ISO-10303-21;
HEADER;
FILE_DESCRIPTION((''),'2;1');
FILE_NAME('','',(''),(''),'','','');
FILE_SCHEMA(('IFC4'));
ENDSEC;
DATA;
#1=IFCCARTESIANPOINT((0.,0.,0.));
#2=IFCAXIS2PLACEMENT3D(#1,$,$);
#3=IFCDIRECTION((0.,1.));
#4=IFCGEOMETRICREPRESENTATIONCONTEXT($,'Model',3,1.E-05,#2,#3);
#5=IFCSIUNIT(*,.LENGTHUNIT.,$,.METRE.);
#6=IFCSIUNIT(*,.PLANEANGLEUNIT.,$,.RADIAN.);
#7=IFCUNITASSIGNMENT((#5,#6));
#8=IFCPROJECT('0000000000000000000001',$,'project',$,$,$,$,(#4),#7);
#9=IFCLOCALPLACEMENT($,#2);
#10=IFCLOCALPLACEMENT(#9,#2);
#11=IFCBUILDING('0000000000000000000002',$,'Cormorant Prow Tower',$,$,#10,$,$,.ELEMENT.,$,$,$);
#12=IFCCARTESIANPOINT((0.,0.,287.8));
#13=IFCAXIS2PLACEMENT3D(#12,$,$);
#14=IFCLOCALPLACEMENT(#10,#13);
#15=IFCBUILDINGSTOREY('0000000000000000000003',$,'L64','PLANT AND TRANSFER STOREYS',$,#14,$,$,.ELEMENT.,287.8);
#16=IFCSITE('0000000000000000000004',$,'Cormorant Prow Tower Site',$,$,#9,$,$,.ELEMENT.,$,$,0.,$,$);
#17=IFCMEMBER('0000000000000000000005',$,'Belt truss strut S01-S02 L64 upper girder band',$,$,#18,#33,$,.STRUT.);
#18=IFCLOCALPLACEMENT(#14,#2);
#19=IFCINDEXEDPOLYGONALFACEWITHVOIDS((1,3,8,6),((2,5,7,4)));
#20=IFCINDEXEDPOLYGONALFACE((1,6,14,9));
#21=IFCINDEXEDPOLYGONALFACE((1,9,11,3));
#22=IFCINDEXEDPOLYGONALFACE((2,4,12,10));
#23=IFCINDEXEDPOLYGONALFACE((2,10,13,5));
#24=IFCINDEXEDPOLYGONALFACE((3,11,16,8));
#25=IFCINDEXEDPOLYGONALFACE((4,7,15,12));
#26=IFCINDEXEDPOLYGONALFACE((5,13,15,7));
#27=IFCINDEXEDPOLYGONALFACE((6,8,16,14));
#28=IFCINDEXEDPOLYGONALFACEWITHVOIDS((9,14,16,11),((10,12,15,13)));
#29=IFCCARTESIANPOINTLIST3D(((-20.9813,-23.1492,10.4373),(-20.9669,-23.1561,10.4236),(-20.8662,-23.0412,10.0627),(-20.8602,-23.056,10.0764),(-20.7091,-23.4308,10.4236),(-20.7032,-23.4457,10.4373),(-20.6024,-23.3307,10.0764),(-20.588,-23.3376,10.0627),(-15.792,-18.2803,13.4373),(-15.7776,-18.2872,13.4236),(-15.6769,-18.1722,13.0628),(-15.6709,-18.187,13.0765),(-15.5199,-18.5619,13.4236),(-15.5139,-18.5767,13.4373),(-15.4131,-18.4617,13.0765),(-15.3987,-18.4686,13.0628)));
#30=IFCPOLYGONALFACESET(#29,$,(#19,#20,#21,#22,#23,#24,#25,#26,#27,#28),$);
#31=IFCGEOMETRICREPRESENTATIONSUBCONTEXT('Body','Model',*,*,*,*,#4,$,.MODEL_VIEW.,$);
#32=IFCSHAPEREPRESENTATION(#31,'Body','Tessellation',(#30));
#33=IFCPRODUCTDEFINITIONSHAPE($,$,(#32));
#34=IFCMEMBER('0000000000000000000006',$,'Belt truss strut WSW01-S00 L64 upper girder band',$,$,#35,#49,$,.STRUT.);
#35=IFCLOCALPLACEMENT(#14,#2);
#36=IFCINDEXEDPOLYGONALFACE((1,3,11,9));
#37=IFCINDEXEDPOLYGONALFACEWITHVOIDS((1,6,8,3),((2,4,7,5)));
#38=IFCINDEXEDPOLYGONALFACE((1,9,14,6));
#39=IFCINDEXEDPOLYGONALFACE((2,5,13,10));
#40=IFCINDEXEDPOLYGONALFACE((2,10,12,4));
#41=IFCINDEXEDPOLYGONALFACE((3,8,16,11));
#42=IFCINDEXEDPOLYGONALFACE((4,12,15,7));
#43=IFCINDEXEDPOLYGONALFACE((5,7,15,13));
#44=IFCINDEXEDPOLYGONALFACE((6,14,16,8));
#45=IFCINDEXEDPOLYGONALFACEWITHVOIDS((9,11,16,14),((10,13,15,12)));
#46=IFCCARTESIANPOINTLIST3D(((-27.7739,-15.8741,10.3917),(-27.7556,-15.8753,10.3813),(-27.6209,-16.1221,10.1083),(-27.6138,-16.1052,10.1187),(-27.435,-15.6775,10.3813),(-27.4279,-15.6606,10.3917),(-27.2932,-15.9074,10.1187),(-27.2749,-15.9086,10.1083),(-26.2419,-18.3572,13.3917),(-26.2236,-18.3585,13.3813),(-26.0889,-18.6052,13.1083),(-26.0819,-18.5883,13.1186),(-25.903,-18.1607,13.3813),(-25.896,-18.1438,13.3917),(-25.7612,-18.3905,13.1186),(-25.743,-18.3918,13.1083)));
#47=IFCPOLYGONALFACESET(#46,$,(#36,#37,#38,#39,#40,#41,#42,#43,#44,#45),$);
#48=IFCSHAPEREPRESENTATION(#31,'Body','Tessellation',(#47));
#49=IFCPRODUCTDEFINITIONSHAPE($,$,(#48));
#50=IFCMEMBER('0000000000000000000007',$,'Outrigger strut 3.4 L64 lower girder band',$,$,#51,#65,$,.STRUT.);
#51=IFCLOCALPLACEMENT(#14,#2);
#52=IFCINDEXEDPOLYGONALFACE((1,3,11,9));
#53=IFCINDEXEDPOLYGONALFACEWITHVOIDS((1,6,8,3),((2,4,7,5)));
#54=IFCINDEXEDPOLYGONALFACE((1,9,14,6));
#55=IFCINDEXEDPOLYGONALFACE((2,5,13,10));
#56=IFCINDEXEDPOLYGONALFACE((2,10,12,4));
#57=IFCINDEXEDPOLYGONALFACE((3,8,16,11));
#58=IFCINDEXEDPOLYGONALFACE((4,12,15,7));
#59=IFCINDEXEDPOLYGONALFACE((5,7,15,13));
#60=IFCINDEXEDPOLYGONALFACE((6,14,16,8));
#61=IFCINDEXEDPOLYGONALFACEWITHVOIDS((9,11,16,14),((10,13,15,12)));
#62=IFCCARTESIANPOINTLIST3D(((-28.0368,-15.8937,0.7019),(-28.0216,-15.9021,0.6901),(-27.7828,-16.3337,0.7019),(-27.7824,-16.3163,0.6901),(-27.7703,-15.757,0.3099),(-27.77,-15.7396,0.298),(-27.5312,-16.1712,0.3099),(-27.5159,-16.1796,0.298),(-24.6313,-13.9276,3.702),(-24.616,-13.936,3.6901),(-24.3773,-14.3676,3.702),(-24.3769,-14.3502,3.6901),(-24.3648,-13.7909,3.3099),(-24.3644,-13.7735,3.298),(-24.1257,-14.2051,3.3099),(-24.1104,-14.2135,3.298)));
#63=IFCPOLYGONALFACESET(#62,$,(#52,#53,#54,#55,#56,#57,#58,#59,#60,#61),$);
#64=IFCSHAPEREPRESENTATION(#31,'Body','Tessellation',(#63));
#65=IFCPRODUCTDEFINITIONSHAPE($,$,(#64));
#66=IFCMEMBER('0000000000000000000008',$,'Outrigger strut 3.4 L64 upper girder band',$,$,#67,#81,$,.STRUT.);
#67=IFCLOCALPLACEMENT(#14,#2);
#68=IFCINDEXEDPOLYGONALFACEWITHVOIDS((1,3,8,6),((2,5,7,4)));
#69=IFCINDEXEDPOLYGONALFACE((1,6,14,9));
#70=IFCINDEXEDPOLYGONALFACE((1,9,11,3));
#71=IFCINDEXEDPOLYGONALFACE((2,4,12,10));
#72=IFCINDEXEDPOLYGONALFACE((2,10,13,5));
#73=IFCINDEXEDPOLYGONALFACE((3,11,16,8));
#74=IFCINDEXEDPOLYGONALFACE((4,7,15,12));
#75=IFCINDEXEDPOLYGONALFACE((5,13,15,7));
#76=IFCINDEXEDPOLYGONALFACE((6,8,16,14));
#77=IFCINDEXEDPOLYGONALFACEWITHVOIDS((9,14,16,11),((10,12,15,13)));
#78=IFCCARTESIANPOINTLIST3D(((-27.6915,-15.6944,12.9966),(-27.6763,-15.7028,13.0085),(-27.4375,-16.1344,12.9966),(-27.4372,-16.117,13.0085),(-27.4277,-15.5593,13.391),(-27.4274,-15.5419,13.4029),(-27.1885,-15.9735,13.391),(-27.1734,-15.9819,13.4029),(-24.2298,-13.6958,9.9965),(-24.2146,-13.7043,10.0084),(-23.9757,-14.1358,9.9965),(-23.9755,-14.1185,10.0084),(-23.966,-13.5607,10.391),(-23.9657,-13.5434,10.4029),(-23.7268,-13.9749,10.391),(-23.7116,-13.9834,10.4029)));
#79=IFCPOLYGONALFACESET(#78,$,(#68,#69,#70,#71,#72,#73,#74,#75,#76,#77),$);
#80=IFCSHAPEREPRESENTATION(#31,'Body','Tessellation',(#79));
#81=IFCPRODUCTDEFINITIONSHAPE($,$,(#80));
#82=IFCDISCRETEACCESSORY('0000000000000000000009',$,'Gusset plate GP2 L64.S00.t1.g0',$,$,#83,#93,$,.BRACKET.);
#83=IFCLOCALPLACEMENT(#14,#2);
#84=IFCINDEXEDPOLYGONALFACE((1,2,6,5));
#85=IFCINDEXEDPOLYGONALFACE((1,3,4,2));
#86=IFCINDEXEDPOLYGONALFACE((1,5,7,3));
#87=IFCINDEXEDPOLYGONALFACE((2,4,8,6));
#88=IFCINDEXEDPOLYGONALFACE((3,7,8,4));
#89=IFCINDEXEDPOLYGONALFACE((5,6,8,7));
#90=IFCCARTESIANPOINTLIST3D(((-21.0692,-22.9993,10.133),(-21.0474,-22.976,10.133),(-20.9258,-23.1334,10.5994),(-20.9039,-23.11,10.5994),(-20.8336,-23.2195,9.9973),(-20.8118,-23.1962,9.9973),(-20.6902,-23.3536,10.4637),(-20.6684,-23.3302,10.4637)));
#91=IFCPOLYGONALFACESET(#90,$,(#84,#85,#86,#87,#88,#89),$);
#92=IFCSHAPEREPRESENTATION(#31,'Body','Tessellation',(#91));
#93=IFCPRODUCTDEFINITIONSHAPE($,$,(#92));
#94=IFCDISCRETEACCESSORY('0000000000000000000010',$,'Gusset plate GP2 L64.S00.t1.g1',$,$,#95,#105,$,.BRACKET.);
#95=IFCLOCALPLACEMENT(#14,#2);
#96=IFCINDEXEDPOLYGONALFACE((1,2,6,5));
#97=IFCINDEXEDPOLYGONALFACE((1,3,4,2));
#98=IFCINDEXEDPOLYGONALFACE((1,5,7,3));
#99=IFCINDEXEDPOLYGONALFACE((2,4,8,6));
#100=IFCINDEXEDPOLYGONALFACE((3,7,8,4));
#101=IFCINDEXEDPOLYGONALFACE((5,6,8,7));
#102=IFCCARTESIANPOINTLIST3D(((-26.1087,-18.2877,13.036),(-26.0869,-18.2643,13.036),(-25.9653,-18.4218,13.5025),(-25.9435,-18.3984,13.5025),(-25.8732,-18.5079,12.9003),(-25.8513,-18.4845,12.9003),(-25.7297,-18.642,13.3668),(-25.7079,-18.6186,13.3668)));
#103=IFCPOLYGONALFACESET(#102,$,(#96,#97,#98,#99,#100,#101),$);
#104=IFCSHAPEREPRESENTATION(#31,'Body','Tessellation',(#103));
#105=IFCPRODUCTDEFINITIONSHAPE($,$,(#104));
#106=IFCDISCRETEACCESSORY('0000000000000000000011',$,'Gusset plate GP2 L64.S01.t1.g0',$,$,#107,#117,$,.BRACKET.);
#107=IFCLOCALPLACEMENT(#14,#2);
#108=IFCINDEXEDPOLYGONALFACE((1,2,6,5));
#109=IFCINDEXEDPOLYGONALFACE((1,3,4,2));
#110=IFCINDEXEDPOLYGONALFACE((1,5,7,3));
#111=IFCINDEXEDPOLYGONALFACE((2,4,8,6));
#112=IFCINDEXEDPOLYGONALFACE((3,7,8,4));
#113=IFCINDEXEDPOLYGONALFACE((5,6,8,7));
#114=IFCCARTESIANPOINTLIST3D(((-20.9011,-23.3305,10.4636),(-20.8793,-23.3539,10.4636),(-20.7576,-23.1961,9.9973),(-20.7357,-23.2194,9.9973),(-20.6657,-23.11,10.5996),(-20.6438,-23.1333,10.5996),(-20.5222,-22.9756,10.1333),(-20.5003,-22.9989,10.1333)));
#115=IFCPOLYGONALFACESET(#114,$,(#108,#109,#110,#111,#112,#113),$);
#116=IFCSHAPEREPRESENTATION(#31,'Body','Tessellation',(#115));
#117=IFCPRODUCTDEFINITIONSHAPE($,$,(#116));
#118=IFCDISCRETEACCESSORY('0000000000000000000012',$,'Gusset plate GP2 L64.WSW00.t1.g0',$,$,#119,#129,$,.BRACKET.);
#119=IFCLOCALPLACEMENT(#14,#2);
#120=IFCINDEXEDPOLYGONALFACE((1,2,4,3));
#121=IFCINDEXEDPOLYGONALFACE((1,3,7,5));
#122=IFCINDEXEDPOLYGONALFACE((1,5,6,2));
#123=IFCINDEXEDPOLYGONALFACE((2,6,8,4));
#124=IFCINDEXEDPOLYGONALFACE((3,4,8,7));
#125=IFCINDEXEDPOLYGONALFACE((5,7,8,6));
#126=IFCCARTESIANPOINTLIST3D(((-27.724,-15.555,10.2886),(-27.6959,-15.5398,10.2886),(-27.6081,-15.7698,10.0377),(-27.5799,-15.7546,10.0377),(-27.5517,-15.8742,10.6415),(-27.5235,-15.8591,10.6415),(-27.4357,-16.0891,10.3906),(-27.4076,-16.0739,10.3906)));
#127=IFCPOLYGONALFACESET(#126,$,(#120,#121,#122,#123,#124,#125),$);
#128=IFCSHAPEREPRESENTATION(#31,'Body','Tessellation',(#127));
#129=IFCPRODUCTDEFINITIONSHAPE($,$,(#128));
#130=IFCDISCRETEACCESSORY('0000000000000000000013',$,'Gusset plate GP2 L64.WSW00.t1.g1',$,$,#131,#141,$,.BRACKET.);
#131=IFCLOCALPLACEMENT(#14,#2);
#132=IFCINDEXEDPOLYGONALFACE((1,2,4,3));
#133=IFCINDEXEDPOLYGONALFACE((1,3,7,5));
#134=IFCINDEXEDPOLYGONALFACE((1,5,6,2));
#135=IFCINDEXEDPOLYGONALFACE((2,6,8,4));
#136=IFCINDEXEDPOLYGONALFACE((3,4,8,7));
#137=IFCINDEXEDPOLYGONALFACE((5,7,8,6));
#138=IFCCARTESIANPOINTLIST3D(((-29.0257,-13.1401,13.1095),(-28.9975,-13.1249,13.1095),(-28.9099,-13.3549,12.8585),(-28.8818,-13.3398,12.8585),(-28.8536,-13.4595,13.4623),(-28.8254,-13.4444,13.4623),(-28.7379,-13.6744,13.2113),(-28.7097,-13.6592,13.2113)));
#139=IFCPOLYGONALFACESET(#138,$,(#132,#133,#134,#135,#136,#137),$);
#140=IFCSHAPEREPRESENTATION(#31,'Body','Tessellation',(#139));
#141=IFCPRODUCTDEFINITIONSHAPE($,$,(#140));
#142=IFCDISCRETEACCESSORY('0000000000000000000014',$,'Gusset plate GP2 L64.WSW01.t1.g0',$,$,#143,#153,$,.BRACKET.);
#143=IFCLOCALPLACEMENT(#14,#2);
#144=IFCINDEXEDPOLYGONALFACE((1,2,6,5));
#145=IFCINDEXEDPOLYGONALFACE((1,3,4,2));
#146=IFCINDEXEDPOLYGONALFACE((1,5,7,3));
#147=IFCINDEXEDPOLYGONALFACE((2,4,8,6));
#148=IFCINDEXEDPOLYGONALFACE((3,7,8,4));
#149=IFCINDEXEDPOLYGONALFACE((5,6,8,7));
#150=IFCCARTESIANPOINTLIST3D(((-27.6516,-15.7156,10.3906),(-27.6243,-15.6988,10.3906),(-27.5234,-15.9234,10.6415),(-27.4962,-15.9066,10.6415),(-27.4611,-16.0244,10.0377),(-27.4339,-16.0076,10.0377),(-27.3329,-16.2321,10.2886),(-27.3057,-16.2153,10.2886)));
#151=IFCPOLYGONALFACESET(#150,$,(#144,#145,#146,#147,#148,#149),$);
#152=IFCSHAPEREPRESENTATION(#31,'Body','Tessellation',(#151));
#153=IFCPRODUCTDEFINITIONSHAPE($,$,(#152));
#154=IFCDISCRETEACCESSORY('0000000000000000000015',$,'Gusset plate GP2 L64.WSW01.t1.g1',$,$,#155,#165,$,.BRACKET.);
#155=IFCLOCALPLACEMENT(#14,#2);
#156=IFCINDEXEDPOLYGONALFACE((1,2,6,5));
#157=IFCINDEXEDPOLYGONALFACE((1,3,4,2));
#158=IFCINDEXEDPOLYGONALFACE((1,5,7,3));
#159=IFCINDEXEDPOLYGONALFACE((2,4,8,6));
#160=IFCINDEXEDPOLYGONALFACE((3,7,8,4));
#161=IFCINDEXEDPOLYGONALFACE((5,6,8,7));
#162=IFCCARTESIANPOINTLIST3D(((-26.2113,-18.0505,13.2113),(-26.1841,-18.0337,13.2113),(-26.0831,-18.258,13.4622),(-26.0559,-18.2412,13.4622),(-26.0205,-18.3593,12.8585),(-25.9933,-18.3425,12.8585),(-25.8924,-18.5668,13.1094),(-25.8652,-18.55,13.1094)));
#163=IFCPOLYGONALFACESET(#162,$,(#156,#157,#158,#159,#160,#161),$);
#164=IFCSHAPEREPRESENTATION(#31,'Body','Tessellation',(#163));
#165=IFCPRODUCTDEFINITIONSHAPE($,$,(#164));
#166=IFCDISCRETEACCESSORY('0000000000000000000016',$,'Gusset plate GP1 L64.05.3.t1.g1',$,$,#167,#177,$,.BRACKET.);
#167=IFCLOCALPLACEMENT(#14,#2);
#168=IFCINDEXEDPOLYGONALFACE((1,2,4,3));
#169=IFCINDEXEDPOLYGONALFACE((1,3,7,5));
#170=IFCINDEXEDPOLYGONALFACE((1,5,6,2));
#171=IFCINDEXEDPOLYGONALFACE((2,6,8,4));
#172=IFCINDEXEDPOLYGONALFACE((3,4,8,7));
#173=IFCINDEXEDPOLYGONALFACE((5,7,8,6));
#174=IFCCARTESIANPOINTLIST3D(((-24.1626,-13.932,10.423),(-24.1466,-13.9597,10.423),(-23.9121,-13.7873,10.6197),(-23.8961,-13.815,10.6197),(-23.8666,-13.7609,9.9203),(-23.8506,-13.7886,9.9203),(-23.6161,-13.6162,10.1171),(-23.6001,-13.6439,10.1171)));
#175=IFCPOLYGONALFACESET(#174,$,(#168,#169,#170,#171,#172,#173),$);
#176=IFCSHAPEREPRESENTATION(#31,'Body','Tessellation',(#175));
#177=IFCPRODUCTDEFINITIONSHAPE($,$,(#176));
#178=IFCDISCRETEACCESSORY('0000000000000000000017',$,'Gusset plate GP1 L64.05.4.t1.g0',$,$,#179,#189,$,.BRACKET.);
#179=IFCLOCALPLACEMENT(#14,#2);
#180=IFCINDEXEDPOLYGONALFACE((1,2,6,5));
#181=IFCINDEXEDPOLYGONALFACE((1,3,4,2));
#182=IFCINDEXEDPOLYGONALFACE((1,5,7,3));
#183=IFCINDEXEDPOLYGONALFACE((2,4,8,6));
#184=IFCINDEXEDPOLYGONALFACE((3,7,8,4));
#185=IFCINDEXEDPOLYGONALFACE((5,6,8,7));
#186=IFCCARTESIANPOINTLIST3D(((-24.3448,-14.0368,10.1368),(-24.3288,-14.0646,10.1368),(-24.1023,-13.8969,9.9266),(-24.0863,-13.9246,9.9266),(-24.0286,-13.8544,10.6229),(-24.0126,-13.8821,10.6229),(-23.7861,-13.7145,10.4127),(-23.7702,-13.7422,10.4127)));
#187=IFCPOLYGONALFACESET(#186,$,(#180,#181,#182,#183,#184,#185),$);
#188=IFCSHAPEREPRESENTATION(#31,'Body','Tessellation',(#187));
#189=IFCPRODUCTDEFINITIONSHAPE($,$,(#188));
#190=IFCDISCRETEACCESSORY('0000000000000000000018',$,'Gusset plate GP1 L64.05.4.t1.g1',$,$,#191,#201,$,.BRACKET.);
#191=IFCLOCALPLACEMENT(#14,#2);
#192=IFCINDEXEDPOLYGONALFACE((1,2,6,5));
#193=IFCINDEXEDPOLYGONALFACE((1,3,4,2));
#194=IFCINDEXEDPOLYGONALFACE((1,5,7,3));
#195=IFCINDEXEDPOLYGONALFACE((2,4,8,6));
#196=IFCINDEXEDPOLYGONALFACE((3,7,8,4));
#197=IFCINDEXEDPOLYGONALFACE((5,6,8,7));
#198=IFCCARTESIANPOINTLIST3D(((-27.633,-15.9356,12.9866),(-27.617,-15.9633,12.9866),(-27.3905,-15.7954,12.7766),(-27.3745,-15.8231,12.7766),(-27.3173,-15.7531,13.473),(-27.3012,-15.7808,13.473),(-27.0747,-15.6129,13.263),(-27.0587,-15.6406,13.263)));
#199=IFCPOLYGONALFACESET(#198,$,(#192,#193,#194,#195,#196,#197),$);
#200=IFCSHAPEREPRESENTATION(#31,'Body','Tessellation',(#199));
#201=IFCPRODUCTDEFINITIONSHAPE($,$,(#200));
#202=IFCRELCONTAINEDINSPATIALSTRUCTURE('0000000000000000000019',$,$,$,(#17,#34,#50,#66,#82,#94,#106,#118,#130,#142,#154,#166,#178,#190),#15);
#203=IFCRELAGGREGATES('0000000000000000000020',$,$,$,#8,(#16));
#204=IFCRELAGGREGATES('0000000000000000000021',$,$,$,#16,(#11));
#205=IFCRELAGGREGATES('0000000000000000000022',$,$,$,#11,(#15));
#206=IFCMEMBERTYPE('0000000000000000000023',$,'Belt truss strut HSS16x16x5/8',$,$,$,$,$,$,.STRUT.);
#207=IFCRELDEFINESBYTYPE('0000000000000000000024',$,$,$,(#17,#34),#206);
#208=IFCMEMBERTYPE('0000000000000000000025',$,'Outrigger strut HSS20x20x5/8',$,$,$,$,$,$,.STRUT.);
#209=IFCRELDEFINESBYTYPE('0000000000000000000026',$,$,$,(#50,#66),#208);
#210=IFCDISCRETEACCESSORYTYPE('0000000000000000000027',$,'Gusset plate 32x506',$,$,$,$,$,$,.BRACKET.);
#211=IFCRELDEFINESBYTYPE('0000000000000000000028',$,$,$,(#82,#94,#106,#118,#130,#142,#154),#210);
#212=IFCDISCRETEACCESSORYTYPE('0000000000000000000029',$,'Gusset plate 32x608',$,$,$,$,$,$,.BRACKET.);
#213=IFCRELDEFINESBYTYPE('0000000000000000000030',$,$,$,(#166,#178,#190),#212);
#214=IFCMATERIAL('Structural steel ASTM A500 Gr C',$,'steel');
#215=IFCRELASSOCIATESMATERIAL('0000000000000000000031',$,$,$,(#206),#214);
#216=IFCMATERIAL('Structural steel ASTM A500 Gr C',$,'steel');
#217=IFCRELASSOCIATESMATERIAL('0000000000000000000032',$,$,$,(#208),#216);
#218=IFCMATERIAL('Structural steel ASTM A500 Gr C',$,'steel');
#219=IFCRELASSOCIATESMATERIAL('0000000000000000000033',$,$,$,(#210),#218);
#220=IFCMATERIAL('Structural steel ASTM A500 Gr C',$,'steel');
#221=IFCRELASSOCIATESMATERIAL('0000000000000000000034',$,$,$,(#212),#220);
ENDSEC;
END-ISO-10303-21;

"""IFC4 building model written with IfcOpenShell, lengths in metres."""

from ifc_helpers import new_model, si_unit, direction, frame, origin, origin_2d, place, context, subcontext, project, spatial, rectangle, hollow_rectangle, extrude, material, material_profile, profile_set, type_object, element, save


model = new_model("IFC4")

# Units and contexts
model_context = context("Model", 3, precision=1e-05, world=origin(), true_north=direction((0.0, 1.0)))
body_context = subcontext(model_context, "Body", "Model", "MODEL_VIEW")
ifc_project = project(units=[si_unit("LENGTHUNIT", "METRE"), si_unit("PLANEANGLEUNIT", "RADIAN")], contexts=[model_context])

# Site, building, storey
site_placement = place(None, origin())
site = spatial("IfcSite", under=ifc_project, at=site_placement, Name="Cormorant Prow Tower Site", CompositionType="ELEMENT", RefElevation=0.0)
building_placement = place(site_placement, origin())
building = spatial("IfcBuilding", under=site, at=building_placement, Name="Cormorant Prow Tower", CompositionType="ELEMENT")
storey_placement = place(building_placement, frame((0.0, 0.0, 287.8)))
storey = spatial("IfcBuildingStorey", under=building, at=storey_placement, Name="L64", Description="PLANT AND TRANSFER STOREYS", CompositionType="ELEMENT", Elevation=287.8)

# Members
ifc_material_1 = material(Name="Structural steel ASTM A500 Gr C", Category="steel")
ifc_material_profile_1 = material_profile(ifc_material_1, hollow_rectangle(XDim=0.4065, YDim=0.4065, WallThickness=0.0149, at=origin_2d()), Name="HSS16x16x5/8")
ifc_profile_set_1 = profile_set([ifc_material_profile_1], Name="Structural steel ASTM A500 Gr C")
member_type_1 = type_object("IfcMemberType", Name="Belt truss strut HSS16x16x5/8", PredefinedType="STRUT", material=ifc_profile_set_1)
member_1_placement = place(storey_placement, frame((-20.7847, -23.2434, 10.25), z_axis=(0.671976, 0.630498, 0.388485), x_axis=(-0.684241, 0.729256, 0.0)))
element("IfcMember", 1, at=member_1_placement, inside=storey, type_object=member_type_1, Name="Belt truss strut S01-S02 L64 upper girder band", PredefinedType="STRUT", context=body_context, shape_type="SweptSolid", body=[
    extrude(hollow_rectangle(XDim=0.4065, YDim=0.4065, WallThickness=0.0149, at=origin_2d()), origin(), (0.0, 0.0, 1.0), 7.7224),
])
member_2_placement = place(storey_placement, frame((-27.5244, -15.8914, 10.25), z_axis=(0.366078, -0.593367, 0.71687), x_axis=(0.851063, 0.525063, 0.0)))
element("IfcMember", 2, at=member_2_placement, inside=storey, type_object=member_type_1, Name="Belt truss strut WSW01-S00 L64 upper girder band", PredefinedType="STRUT", context=body_context, shape_type="SweptSolid", body=[
    extrude(hollow_rectangle(XDim=0.4065, YDim=0.4065, WallThickness=0.0149, at=origin_2d()), origin(), (0.0, 0.0, 1.0), 4.1848),
])
ifc_material_2 = material(Name="Structural steel ASTM A500 Gr C", Category="steel")
ifc_material_profile_2 = material_profile(ifc_material_2, hollow_rectangle(XDim=0.5081, YDim=0.5081, WallThickness=0.0149, at=origin_2d()), Name="HSS20x20x5/8")
ifc_profile_set_2 = profile_set([ifc_material_profile_2], Name="Structural steel ASTM A500 Gr C")
member_type_2 = type_object("IfcMemberType", Name="Outrigger strut HSS20x20x5/8", PredefinedType="STRUT", material=ifc_profile_set_2)
member_3_placement = place(storey_placement, frame((-24.3708, -14.0706, 3.5), z_axis=(-0.688539, -0.397506, -0.60655), x_axis=(0.499979, -0.866038, 0.0)))
element("IfcMember", 3, at=member_3_placement, inside=storey, type_object=member_type_2, Name="Outrigger strut 3.4 L64 lower girder band", PredefinedType="STRUT", context=body_context, shape_type="SweptSolid", body=[
    extrude(hollow_rectangle(XDim=0.5081, YDim=0.5081, WallThickness=0.0149, at=origin_2d()), origin(), (0.0, 0.0, 1.0), 4.946),
])
member_4_placement = place(storey_placement, frame((-23.9707, -13.8396, 10.1997), z_axis=(-0.692648, -0.399889, 0.600273), x_axis=(0.499989, -0.866032, 0.0)))
element("IfcMember", 4, at=member_4_placement, inside=storey, type_object=member_type_2, Name="Outrigger strut 3.4 L64 upper girder band", PredefinedType="STRUT", context=body_context, shape_type="SweptSolid", body=[
    extrude(hollow_rectangle(XDim=0.5081, YDim=0.5081, WallThickness=0.0149, at=origin_2d()), origin(), (0.0, 0.0, 1.0), 4.9978),
])

# Discrete accessories
ifc_material_3 = material(Name="Structural steel ASTM A500 Gr C", Category="steel")
ifc_material_profile_3 = material_profile(ifc_material_3, rectangle(XDim=0.032, YDim=0.5061, at=origin_2d()), Name="Gusset plate 32x506")
ifc_profile_set_3 = profile_set([ifc_material_profile_3], Name="Structural steel ASTM A500 Gr C")
discrete_accessory_type_1 = type_object("IfcDiscreteAccessoryType", Name="Gusset plate 32x506", PredefinedType="BRACKET", material=ifc_profile_set_3)
for number, where, z_axis, x_axis, name in (
    (5, (-20.9866, -23.0547, 10.3662), (0.673334, -0.629376, -0.387952), (0.682858, 0.730552, 0.0), "Gusset plate GP2 L64.S00.t1.g0"),
    (6, (-25.7905, -18.5632, 13.1335), (-0.673334, 0.629376, 0.387952), (-0.682858, -0.730552, 0.0), "Gusset plate GP2 L64.S00.t1.g1"),
):
    element("IfcDiscreteAccessory", number, at=place(storey_placement, frame(where, z_axis=z_axis, x_axis=x_axis)), inside=storey, type_object=discrete_accessory_type_1, Name=name, PredefinedType="BRACKET", context=body_context, shape_type="SweptSolid", body=[
        extrude(rectangle(XDim=0.032, YDim=0.5061, at=origin_2d()), origin(), (0.0, 0.0, 1.0), 0.3499),
    ])
for number, where, z_axis, x_axis, name in (
    (7, (-20.583, -23.0544, 10.3665), (-0.672475, -0.629922, -0.388556), (0.683639, -0.72982, 0.0), "Gusset plate GP2 L64.S01.t1.g0"),
    (8, (-27.6238, -15.707, 10.4651), (0.331205, -0.6136, -0.716797), (0.879989, 0.474994, 0.0), "Gusset plate GP2 L64.WSW00.t1.g0"),
    (9, (-28.8098, -13.5071, 13.0349), (-0.330584, 0.613742, 0.716962), (-0.880407, -0.474219, 0.0), "Gusset plate GP2 L64.WSW00.t1.g1"),
    (10, (-27.4146, -16.0693, 10.4651), (-0.366086, 0.593408, -0.716832), (-0.851074, -0.525046, 0.0), "Gusset plate GP2 L64.WSW01.t1.g0"),
):
    element("IfcDiscreteAccessory", number, at=place(storey_placement, frame(where, z_axis=z_axis, x_axis=x_axis)), inside=storey, type_object=discrete_accessory_type_1, Name=name, PredefinedType="BRACKET", context=body_context, shape_type="SweptSolid", body=[
        extrude(rectangle(XDim=0.032, YDim=0.5061, at=origin_2d()), origin(), (0.0, 0.0, 1.0), 0.3501),
    ])
discrete_accessory_1_placement = place(storey_placement, frame((-26.1023, -18.1965, 13.0349), z_axis=(0.366238, -0.592956, 0.717128), x_axis=(0.850798, 0.525493, 0.0)))
element("IfcDiscreteAccessory", 11, at=discrete_accessory_1_placement, inside=storey, type_object=discrete_accessory_type_1, Name="Gusset plate GP2 L64.WSW01.t1.g1", PredefinedType="BRACKET", context=body_context, shape_type="SweptSolid", body=[
    extrude(rectangle(XDim=0.032, YDim=0.5061, at=origin_2d()), origin(), (0.0, 0.0, 1.0), 0.3499),
])
ifc_material_4 = material(Name="Structural steel ASTM A500 Gr C", Category="steel")
ifc_material_profile_4 = material_profile(ifc_material_4, rectangle(XDim=0.032, YDim=0.6079, at=origin_2d()), Name="Gusset plate 32x608")
ifc_profile_set_4 = profile_set([ifc_material_profile_4], Name="Structural steel ASTM A500 Gr C")
discrete_accessory_type_2 = type_object("IfcDiscreteAccessoryType", Name="Gusset plate 32x608", PredefinedType="BRACKET", material=ifc_profile_set_4)
discrete_accessory_2_placement = place(storey_placement, frame((-23.7561, -13.7156, 10.3684), z_axis=(-0.715898, -0.41377, -0.562392), x_axis=(0.500404, -0.865792, 0.0)))
element("IfcDiscreteAccessory", 12, at=discrete_accessory_2_placement, inside=storey, type_object=discrete_accessory_type_2, Name="Gusset plate GP1 L64.05.3.t1.g1", PredefinedType="BRACKET", context=body_context, shape_type="SweptSolid", body=[
    extrude(rectangle(XDim=0.032, YDim=0.6079, at=origin_2d()), origin(), (0.0, 0.0, 1.0), 0.3499),
])
for number, where, z_axis, x_axis, name in (
    (13, (-24.1787, -13.9595, 10.3799), (0.692579, 0.399645, -0.600514), (-0.499798, 0.866142, 0.0), "Gusset plate GP1 L64.05.4.t1.g0"),
    (14, (-27.2246, -15.718, 13.0198), (-0.692676, -0.400399, 0.599901), (0.500452, -0.865764, 0.0), "Gusset plate GP1 L64.05.4.t1.g1"),
):
    element("IfcDiscreteAccessory", number, at=place(storey_placement, frame(where, z_axis=z_axis, x_axis=x_axis)), inside=storey, type_object=discrete_accessory_type_2, Name=name, PredefinedType="BRACKET", context=body_context, shape_type="SweptSolid", body=[
        extrude(rectangle(XDim=0.032, YDim=0.6079, at=origin_2d()), origin(), (0.0, 0.0, 1.0), 0.3501),
    ])

save(model, "model.ifc")
